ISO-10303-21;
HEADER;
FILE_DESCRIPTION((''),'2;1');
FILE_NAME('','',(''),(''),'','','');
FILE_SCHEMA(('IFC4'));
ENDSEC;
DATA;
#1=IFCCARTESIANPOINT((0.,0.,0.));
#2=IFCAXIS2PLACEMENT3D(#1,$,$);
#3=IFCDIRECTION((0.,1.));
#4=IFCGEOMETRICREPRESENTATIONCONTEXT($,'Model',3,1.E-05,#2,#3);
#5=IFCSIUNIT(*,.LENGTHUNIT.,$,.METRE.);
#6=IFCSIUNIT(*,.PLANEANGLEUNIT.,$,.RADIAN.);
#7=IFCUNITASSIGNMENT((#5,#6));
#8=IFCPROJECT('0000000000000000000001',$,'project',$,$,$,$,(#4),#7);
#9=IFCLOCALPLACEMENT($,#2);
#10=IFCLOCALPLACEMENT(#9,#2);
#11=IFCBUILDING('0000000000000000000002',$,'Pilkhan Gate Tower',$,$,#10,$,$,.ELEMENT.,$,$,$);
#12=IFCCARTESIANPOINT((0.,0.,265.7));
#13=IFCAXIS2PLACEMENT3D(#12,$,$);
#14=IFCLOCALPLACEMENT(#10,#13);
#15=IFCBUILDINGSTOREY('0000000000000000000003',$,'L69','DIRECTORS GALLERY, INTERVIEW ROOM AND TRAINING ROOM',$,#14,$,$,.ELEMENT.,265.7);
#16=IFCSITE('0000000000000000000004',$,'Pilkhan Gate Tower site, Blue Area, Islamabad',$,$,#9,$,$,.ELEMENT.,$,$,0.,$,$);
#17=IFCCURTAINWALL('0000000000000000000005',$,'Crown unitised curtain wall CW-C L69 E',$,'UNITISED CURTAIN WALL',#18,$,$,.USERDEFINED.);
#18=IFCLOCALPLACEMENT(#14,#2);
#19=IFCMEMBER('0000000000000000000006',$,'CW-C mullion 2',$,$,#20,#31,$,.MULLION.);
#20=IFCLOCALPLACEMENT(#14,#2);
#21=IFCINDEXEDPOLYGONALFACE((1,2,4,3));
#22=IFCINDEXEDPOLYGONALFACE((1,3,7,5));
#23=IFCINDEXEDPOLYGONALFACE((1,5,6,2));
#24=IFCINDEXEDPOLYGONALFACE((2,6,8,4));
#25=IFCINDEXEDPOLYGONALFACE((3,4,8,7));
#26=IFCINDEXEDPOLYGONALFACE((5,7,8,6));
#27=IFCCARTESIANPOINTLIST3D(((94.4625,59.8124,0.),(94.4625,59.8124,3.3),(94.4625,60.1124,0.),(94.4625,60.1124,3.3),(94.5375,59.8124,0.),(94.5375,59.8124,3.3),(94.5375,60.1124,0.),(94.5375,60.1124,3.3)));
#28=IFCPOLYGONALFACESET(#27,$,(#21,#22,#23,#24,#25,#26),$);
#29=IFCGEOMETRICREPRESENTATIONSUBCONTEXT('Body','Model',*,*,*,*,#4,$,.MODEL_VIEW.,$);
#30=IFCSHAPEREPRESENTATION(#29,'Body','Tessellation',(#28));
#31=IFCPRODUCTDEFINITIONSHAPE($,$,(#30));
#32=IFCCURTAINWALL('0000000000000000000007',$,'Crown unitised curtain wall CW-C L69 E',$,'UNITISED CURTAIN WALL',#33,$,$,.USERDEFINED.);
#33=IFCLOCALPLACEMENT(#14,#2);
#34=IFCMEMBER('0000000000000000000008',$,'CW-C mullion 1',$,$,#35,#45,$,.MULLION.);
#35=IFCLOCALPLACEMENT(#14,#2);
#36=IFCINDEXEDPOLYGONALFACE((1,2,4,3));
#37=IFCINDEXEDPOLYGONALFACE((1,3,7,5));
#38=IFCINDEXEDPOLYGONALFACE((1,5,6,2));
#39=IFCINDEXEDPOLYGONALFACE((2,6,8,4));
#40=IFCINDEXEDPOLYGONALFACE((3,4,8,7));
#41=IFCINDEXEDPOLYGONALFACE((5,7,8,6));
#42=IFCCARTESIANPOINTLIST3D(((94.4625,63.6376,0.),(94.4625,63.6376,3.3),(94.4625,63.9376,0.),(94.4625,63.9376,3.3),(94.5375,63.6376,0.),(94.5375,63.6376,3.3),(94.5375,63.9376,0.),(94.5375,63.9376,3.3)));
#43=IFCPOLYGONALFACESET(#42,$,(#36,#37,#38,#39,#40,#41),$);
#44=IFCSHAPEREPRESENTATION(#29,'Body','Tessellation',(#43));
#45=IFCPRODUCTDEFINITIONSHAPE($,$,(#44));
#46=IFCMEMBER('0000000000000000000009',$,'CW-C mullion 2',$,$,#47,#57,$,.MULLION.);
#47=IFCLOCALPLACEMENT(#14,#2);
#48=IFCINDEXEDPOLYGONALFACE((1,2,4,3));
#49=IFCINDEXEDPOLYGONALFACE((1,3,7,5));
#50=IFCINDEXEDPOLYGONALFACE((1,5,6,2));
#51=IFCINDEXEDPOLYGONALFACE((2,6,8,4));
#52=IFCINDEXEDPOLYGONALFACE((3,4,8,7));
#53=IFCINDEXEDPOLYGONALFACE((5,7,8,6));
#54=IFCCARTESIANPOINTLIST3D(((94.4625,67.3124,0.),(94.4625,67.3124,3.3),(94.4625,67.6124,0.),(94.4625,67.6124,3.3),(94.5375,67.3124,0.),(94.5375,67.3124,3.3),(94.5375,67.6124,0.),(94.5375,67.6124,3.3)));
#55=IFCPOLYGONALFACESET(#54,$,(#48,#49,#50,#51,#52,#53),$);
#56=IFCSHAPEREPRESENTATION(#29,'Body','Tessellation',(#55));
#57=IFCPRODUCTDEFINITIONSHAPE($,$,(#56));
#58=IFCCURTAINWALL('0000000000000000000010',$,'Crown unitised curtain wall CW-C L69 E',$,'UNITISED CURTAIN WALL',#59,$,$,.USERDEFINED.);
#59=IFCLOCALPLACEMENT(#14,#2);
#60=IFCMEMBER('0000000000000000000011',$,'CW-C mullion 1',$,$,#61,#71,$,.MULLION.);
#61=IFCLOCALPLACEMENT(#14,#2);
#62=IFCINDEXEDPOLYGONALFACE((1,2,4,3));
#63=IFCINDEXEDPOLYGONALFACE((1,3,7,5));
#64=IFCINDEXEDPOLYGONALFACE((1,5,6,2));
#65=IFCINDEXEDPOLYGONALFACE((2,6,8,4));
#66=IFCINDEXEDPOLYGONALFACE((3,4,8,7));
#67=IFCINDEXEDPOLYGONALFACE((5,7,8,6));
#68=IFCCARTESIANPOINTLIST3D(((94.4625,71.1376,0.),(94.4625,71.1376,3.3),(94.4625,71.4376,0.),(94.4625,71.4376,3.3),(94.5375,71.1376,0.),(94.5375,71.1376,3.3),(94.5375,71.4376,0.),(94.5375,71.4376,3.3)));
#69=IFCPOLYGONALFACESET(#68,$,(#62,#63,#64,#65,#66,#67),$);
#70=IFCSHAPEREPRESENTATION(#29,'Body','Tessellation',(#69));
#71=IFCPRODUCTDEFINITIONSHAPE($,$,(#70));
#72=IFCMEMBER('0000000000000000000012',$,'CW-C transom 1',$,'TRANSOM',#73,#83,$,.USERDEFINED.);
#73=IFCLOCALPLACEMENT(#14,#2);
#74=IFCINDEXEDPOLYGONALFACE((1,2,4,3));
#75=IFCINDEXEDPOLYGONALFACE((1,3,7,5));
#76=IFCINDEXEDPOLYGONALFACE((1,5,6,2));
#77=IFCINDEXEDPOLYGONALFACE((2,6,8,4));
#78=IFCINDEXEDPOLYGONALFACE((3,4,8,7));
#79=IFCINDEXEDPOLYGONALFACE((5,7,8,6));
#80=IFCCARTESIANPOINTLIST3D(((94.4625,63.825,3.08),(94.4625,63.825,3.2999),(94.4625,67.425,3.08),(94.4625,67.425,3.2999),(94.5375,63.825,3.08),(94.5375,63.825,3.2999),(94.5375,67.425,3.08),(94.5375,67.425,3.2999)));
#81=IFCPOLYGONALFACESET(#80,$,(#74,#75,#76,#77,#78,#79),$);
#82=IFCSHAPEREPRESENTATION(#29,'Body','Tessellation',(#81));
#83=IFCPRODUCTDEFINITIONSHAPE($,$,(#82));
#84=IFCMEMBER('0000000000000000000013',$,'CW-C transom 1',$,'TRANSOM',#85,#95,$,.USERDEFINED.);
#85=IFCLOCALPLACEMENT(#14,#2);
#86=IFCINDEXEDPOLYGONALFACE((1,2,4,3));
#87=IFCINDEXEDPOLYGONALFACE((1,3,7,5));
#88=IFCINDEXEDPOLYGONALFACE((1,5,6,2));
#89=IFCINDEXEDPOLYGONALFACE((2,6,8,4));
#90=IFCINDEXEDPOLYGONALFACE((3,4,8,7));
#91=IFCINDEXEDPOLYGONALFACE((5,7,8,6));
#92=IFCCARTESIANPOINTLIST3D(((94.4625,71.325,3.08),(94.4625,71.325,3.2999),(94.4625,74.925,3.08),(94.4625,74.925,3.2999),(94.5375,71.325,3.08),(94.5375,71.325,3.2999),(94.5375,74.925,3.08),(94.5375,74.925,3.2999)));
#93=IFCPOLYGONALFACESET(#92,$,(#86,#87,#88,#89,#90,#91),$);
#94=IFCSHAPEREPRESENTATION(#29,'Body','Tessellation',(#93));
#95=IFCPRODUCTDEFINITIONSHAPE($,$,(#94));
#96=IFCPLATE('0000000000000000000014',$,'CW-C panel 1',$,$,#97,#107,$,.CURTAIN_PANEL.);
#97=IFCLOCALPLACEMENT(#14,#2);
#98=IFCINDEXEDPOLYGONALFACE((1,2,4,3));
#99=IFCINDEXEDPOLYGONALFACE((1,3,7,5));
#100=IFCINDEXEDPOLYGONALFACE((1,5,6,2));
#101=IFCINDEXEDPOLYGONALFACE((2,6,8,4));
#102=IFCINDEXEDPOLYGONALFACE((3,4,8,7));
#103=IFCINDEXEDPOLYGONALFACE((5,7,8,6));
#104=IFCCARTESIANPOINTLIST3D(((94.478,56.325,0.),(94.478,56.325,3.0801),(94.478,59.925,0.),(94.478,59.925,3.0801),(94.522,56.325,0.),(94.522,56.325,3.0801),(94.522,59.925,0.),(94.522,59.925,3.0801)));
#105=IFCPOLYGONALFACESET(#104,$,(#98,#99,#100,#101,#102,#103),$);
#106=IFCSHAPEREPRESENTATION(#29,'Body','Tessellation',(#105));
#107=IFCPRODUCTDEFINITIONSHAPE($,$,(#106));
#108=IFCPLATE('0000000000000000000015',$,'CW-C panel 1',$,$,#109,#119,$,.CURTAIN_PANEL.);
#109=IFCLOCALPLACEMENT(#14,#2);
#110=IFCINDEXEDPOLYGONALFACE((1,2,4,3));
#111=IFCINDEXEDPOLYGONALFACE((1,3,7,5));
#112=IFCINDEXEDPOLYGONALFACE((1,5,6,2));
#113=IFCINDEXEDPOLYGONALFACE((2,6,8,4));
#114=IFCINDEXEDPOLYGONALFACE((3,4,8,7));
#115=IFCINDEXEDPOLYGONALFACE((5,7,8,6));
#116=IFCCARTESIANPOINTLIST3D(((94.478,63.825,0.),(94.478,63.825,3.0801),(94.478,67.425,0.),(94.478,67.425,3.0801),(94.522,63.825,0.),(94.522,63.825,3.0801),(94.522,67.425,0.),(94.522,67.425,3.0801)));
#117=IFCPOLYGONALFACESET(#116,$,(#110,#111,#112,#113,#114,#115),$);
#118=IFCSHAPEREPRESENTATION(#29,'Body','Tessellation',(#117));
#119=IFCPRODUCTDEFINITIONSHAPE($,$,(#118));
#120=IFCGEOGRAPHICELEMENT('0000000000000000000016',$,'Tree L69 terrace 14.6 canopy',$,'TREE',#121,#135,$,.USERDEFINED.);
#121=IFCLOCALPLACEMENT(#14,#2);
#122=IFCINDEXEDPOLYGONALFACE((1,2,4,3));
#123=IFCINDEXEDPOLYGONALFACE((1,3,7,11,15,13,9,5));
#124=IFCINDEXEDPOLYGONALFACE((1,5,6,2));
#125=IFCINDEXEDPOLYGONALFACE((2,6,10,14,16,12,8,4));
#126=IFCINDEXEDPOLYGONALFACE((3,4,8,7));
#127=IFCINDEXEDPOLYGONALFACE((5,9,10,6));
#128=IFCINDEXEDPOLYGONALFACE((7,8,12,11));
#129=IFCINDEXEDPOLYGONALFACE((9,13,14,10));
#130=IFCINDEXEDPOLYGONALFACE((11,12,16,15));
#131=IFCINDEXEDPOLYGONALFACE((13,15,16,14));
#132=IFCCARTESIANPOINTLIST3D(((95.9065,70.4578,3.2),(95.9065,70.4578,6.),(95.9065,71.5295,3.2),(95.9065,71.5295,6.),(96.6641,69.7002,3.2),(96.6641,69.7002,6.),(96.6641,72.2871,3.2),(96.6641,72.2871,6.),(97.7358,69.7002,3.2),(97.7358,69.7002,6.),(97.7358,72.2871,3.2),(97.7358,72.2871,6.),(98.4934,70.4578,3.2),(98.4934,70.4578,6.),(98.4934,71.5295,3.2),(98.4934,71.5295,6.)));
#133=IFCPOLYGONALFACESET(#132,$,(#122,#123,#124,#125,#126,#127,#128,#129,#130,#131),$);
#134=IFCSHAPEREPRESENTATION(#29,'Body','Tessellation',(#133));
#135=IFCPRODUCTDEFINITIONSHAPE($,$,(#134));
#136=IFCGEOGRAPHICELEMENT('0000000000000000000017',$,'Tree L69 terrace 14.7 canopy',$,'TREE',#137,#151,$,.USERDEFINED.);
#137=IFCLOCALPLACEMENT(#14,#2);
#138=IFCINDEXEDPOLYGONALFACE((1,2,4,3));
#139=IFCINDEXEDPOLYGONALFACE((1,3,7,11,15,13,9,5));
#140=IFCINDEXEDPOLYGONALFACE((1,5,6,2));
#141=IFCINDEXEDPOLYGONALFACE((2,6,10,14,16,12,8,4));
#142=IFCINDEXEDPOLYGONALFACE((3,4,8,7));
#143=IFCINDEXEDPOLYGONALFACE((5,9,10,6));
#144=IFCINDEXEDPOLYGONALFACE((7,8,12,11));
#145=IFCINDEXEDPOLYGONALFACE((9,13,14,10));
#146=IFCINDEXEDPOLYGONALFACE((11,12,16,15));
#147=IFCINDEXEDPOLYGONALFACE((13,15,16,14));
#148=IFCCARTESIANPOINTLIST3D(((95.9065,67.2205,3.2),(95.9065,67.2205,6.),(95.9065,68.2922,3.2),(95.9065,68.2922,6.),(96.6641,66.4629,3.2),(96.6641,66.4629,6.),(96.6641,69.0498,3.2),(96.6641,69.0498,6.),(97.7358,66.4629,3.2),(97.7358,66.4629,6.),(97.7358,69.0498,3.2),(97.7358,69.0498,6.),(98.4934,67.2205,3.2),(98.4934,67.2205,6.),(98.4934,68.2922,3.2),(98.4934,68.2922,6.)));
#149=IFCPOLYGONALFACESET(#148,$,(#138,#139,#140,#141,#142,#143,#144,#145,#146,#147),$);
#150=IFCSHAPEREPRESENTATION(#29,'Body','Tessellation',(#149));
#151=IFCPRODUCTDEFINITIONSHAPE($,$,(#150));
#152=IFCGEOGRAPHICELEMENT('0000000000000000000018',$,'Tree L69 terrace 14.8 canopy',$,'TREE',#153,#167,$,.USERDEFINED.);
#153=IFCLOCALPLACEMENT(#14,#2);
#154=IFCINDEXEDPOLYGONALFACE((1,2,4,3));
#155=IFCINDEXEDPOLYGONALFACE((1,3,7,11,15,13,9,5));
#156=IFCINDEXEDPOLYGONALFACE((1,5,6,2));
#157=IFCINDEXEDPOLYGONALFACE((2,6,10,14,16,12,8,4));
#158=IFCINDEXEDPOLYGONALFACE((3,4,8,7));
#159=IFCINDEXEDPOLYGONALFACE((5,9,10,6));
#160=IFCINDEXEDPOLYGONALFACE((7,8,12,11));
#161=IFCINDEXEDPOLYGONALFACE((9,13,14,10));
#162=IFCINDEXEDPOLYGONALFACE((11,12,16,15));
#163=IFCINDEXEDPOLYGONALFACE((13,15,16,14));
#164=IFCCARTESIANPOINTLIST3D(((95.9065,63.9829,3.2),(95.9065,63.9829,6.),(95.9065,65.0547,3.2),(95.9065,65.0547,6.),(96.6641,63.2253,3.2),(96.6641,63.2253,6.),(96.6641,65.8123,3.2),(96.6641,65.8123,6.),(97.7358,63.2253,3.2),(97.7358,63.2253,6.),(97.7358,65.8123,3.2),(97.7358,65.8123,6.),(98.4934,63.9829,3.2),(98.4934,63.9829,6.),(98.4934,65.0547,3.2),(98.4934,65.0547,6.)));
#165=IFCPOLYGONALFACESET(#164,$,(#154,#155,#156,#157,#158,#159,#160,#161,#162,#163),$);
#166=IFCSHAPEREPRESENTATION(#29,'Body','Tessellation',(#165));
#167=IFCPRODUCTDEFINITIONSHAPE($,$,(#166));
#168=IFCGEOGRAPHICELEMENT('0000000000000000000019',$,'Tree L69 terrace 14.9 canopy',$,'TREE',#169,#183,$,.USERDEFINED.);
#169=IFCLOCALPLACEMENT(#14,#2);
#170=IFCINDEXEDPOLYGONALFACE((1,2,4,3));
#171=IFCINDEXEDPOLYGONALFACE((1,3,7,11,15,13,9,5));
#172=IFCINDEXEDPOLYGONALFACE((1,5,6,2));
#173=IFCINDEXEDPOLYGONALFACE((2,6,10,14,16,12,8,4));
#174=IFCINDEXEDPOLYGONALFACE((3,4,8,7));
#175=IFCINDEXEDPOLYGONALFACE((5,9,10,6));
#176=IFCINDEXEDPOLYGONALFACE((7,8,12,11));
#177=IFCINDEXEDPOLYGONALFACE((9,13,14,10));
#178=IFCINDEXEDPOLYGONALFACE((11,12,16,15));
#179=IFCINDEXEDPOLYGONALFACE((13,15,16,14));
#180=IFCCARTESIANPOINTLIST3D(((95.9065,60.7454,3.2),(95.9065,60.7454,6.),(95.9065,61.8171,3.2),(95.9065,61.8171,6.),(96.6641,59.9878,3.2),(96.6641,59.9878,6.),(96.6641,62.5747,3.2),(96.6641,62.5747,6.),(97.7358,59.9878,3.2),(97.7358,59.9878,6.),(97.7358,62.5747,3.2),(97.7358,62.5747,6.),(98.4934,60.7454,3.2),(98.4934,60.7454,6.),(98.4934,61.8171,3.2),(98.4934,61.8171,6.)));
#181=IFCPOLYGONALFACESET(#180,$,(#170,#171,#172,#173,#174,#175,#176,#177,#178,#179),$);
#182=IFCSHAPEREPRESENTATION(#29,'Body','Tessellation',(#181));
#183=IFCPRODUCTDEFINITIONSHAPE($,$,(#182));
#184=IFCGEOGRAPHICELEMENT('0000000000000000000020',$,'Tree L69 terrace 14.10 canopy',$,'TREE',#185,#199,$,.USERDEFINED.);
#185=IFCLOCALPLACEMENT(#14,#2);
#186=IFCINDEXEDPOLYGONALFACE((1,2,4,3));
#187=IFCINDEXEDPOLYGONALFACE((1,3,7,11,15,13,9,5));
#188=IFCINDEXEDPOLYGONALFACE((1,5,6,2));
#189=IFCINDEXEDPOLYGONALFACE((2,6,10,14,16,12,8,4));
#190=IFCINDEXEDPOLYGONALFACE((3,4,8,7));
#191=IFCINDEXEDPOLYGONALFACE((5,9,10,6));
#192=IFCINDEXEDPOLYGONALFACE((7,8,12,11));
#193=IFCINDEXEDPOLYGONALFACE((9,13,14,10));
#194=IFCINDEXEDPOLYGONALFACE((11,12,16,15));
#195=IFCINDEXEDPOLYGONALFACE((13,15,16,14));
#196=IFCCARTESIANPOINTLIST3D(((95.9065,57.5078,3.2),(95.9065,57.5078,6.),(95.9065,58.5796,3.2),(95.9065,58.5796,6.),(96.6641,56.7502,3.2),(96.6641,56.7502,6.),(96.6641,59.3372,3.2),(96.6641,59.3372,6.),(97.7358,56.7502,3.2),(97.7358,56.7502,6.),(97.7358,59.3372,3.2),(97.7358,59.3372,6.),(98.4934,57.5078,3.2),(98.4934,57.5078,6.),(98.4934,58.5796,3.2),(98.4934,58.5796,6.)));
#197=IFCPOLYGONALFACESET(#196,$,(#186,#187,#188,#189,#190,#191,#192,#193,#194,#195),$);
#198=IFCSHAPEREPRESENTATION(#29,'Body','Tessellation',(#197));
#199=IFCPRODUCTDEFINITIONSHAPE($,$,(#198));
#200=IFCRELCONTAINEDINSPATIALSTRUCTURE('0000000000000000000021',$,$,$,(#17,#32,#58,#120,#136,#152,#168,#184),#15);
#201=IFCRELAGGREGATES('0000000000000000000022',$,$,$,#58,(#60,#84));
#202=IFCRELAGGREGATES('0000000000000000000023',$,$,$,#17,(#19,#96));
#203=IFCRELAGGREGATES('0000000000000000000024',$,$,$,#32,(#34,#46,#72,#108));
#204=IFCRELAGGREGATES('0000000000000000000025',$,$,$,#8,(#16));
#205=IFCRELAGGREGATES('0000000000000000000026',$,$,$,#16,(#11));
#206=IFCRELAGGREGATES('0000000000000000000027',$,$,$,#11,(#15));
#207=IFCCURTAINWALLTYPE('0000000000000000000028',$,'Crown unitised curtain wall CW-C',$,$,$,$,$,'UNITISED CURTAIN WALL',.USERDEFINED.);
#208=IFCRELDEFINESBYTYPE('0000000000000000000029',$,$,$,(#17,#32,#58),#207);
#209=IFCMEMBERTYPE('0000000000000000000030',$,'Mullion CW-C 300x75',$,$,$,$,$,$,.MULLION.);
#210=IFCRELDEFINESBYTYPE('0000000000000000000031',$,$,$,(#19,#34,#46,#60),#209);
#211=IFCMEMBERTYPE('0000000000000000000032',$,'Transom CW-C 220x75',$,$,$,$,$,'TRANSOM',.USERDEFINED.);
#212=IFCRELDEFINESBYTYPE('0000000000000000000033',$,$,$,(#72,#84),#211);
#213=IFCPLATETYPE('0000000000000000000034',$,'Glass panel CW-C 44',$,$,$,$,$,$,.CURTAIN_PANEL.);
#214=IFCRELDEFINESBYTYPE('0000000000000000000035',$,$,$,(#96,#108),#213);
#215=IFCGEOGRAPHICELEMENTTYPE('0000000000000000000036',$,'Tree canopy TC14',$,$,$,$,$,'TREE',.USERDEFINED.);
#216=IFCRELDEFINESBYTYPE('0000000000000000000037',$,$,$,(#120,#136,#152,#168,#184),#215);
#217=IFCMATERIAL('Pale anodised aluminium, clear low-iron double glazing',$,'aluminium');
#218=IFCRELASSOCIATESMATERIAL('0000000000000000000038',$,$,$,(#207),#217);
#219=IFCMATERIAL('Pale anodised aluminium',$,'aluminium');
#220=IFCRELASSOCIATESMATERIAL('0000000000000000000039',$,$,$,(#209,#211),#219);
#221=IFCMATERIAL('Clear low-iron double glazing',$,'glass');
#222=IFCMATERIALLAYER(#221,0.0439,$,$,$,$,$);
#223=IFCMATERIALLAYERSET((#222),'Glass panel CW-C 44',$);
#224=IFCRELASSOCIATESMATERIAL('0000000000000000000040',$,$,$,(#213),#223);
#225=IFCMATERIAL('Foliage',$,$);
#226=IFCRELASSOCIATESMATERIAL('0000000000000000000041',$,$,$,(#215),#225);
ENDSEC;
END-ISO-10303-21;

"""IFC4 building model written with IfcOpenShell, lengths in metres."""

from ifc_helpers import new_model, si_unit, direction, frame, origin, origin_2d, place, context, subcontext, project, spatial, polyline, rectangle, outline, extrude, material, layer, layer_set, material_profile, profile_set, type_object, element, aggregate, save


model = new_model("IFC4")

# Units and contexts
model_context = context("Model", 3, precision=1e-05, world=origin(), true_north=direction((0.0, 1.0)))
body_context = subcontext(model_context, "Body", "Model", "MODEL_VIEW")
ifc_project = project(units=[si_unit("LENGTHUNIT", "METRE"), si_unit("PLANEANGLEUNIT", "RADIAN")], contexts=[model_context])

# Site, building, storey
site_placement = place(None, origin())
site = spatial("IfcSite", under=ifc_project, at=site_placement, Name="Pilkhan Gate Tower site, Blue Area, Islamabad", CompositionType="ELEMENT", RefElevation=0.0)
building_placement = place(site_placement, origin())
building = spatial("IfcBuilding", under=site, at=building_placement, Name="Pilkhan Gate Tower", CompositionType="ELEMENT")
storey_placement = place(building_placement, frame((0.0, 0.0, 265.7)))
storey = spatial("IfcBuildingStorey", under=building, at=storey_placement, Name="L69", Description="DIRECTORS GALLERY, INTERVIEW ROOM AND TRAINING ROOM", CompositionType="ELEMENT", Elevation=265.7)

# Curtain wall, member
ifc_material_1 = material(Name="Pale anodised aluminium, clear low-iron double glazing", Category="aluminium")
curtain_wall_type = type_object("IfcCurtainWallType", Name="Crown unitised curtain wall CW-C", ElementType="UNITISED CURTAIN WALL", PredefinedType="USERDEFINED", material=ifc_material_1)
curtain_wall_1_placement = place(storey_placement, origin())
curtain_wall_1 = element("IfcCurtainWall", 1, at=curtain_wall_1_placement, inside=storey, type_object=curtain_wall_type, Name="Crown unitised curtain wall CW-C L69 E", ObjectType="UNITISED CURTAIN WALL", PredefinedType="USERDEFINED")
ifc_material_2 = material(Name="Pale anodised aluminium", Category="aluminium")
ifc_material_profile_1 = material_profile(ifc_material_2, rectangle(XDim=0.075, YDim=0.3, at=origin_2d()), Name="Mullion 300x75")
ifc_profile_set_1 = profile_set([ifc_material_profile_1], Name="Pale anodised aluminium")
member_type_1 = type_object("IfcMemberType", Name="Mullion CW-C 300x75", PredefinedType="MULLION", material=ifc_profile_set_1)
member_1_placement = place(storey_placement, frame((94.5, 59.9624, 0.0), z_axis=(0.0, 0.0, 1.0), x_axis=(-1.0, 0.0, 0.0)))
member_1 = element("IfcMember", 2, at=member_1_placement, type_object=member_type_1, Name="CW-C mullion 2", PredefinedType="MULLION", context=body_context, shape_type="SweptSolid", body=[
    extrude(rectangle(XDim=0.075, YDim=0.3, at=origin_2d()), origin(), (0.0, 0.0, 1.0), 3.3),
])

# Curtain wall, members
curtain_wall_2_placement = place(storey_placement, origin())
curtain_wall_2 = element("IfcCurtainWall", 3, at=curtain_wall_2_placement, inside=storey, type_object=curtain_wall_type, Name="Crown unitised curtain wall CW-C L69 E", ObjectType="UNITISED CURTAIN WALL", PredefinedType="USERDEFINED")
member_2_placement = place(storey_placement, frame((94.5, 63.7876, 0.0), z_axis=(0.0, 0.0, 1.0), x_axis=(-1.0, 0.0, 0.0)))
member_2 = element("IfcMember", 4, at=member_2_placement, type_object=member_type_1, Name="CW-C mullion 1", PredefinedType="MULLION", context=body_context, shape_type="SweptSolid", body=[
    extrude(rectangle(XDim=0.075, YDim=0.3, at=origin_2d()), origin(), (0.0, 0.0, 1.0), 3.3),
])
member_3_placement = place(storey_placement, frame((94.5, 67.4624, 0.0), z_axis=(0.0, 0.0, 1.0), x_axis=(-1.0, 0.0, 0.0)))
member_3 = element("IfcMember", 5, at=member_3_placement, type_object=member_type_1, Name="CW-C mullion 2", PredefinedType="MULLION", context=body_context, shape_type="SweptSolid", body=[
    extrude(rectangle(XDim=0.075, YDim=0.3, at=origin_2d()), origin(), (0.0, 0.0, 1.0), 3.3),
])

# Curtain wall, member
curtain_wall_3_placement = place(storey_placement, origin())
curtain_wall_3 = element("IfcCurtainWall", 6, at=curtain_wall_3_placement, inside=storey, type_object=curtain_wall_type, Name="Crown unitised curtain wall CW-C L69 E", ObjectType="UNITISED CURTAIN WALL", PredefinedType="USERDEFINED")
member_4_placement = place(storey_placement, frame((94.5, 71.2876, 0.0), z_axis=(0.0, 0.0, 1.0), x_axis=(-1.0, 0.0, 0.0)))
member_4 = element("IfcMember", 7, at=member_4_placement, type_object=member_type_1, Name="CW-C mullion 1", PredefinedType="MULLION", context=body_context, shape_type="SweptSolid", body=[
    extrude(rectangle(XDim=0.075, YDim=0.3, at=origin_2d()), origin(), (0.0, 0.0, 1.0), 3.3),
])

# Members
ifc_material_profile_2 = material_profile(ifc_material_2, rectangle(XDim=0.075, YDim=0.22, at=origin_2d()), Name="Transom 220x75")
ifc_profile_set_2 = profile_set([ifc_material_profile_2], Name="Pale anodised aluminium")
member_type_2 = type_object("IfcMemberType", Name="Transom CW-C 220x75", ElementType="TRANSOM", PredefinedType="USERDEFINED", material=ifc_profile_set_2)
member_5_placement = place(storey_placement, frame((94.5, 63.825, 3.1899), z_axis=(0.0, 1.0, 0.0), x_axis=(-1.0, 0.0, 0.0)))
member_5 = element("IfcMember", 8, at=member_5_placement, type_object=member_type_2, Name="CW-C transom 1", ObjectType="TRANSOM", PredefinedType="USERDEFINED", context=body_context, shape_type="SweptSolid", body=[
    extrude(rectangle(XDim=0.075, YDim=0.22, at=origin_2d()), origin(), (0.0, 0.0, 1.0), 3.6001),
])
member_6_placement = place(storey_placement, frame((94.5, 71.325, 3.1899), z_axis=(0.0, 1.0, 0.0), x_axis=(-1.0, 0.0, 0.0)))
member_6 = element("IfcMember", 9, at=member_6_placement, type_object=member_type_2, Name="CW-C transom 1", ObjectType="TRANSOM", PredefinedType="USERDEFINED", context=body_context, shape_type="SweptSolid", body=[
    extrude(rectangle(XDim=0.075, YDim=0.22, at=origin_2d()), origin(), (0.0, 0.0, 1.0), 3.6001),
])
aggregate(curtain_wall_3, [member_4, member_6])

# Plates
ifc_material_3 = material(Name="Clear low-iron double glazing", Category="glass")
ifc_layer_1 = layer(ifc_material_3, 0.0439)
ifc_layer_set_1 = layer_set([ifc_layer_1], Name="Glass panel CW-C 44")
plate_type = type_object("IfcPlateType", Name="Glass panel CW-C 44", PredefinedType="CURTAIN_PANEL", material=ifc_layer_set_1)
plate_1_placement = place(storey_placement, frame((94.5, 58.125, 0.0), z_axis=(0.0, 0.0, 1.0), x_axis=(0.0, 1.0, 0.0)))
plate_1 = element("IfcPlate", 10, at=plate_1_placement, type_object=plate_type, Name="CW-C panel 1", PredefinedType="CURTAIN_PANEL", context=body_context, shape_type="SweptSolid", body=[
    extrude(rectangle(XDim=3.6001, YDim=0.0439, at=origin_2d()), origin(), (0.0, 0.0, 1.0), 3.0801),
])
aggregate(curtain_wall_1, [member_1, plate_1])
plate_2_placement = place(storey_placement, frame((94.5, 65.625, 0.0), z_axis=(0.0, 0.0, 1.0), x_axis=(0.0, 1.0, 0.0)))
plate_2 = element("IfcPlate", 11, at=plate_2_placement, type_object=plate_type, Name="CW-C panel 1", PredefinedType="CURTAIN_PANEL", context=body_context, shape_type="SweptSolid", body=[
    extrude(rectangle(XDim=3.6001, YDim=0.0439, at=origin_2d()), origin(), (0.0, 0.0, 1.0), 3.0801),
])
aggregate(curtain_wall_2, [member_2, member_3, member_5, plate_2])

# Geographic elements
ifc_material_4 = material(Name="Foliage")
ifc_material_profile_3 = material_profile(ifc_material_4, outline(polyline([(1.2935, 0.5359), (0.5359, 1.2935), (-0.5359, 1.2935), (-1.2935, 0.5359), (-1.2935, -0.5359), (-0.5359, -1.2935), (0.5359, -1.2935), (1.2935, -0.5359), (1.2935, 0.5359)])), Name="Canopy D2.8")
ifc_profile_set_3 = profile_set([ifc_material_profile_3], Name="Foliage")
geographic_element_type_1 = type_object("IfcGeographicElementType", Name="Tree canopy TC14", ElementType="TREE", PredefinedType="USERDEFINED", material=ifc_profile_set_3)
for number, where, z_axis, x_axis, name in (
    (12, (97.2, 70.9937, 3.2), (0.0, 0.0, 1.0), (1.0, 0.0, 0.0), "Tree L69 terrace 14.6 canopy"),
    (13, (97.2, 67.7563, 3.2), (0.0, 0.0, 1.0), (1.0, 0.0, 0.0), "Tree L69 terrace 14.7 canopy"),
    (14, (97.2, 64.5188, 3.2), (0.0, 0.0, 1.0), (1.0, 0.0, 0.0), "Tree L69 terrace 14.8 canopy"),
    (15, (97.2, 61.2812, 3.2), (0.0, 0.0, 1.0), (1.0, 0.0, 0.0), "Tree L69 terrace 14.9 canopy"),
    (16, (97.2, 58.0437, 3.2), (0.0, 0.0, 1.0), (1.0, 0.0, 0.0), "Tree L69 terrace 14.10 canopy"),
):
    element("IfcGeographicElement", number, at=place(storey_placement, frame(where, z_axis=z_axis, x_axis=x_axis)), inside=storey, type_object=geographic_element_type_1, Name=name, ObjectType="TREE", PredefinedType="USERDEFINED", context=body_context, shape_type="SweptSolid", body=[
        extrude(outline(polyline([(1.2935, 0.5359), (0.5359, 1.2935), (-0.5359, 1.2935), (-1.2935, 0.5359), (-1.2935, -0.5359), (-0.5359, -1.2935), (0.5359, -1.2935), (1.2935, -0.5359), (1.2935, 0.5359)])), origin(), (0.0, 0.0, 1.0), 2.8),
    ])

save(model, "model.ifc")
